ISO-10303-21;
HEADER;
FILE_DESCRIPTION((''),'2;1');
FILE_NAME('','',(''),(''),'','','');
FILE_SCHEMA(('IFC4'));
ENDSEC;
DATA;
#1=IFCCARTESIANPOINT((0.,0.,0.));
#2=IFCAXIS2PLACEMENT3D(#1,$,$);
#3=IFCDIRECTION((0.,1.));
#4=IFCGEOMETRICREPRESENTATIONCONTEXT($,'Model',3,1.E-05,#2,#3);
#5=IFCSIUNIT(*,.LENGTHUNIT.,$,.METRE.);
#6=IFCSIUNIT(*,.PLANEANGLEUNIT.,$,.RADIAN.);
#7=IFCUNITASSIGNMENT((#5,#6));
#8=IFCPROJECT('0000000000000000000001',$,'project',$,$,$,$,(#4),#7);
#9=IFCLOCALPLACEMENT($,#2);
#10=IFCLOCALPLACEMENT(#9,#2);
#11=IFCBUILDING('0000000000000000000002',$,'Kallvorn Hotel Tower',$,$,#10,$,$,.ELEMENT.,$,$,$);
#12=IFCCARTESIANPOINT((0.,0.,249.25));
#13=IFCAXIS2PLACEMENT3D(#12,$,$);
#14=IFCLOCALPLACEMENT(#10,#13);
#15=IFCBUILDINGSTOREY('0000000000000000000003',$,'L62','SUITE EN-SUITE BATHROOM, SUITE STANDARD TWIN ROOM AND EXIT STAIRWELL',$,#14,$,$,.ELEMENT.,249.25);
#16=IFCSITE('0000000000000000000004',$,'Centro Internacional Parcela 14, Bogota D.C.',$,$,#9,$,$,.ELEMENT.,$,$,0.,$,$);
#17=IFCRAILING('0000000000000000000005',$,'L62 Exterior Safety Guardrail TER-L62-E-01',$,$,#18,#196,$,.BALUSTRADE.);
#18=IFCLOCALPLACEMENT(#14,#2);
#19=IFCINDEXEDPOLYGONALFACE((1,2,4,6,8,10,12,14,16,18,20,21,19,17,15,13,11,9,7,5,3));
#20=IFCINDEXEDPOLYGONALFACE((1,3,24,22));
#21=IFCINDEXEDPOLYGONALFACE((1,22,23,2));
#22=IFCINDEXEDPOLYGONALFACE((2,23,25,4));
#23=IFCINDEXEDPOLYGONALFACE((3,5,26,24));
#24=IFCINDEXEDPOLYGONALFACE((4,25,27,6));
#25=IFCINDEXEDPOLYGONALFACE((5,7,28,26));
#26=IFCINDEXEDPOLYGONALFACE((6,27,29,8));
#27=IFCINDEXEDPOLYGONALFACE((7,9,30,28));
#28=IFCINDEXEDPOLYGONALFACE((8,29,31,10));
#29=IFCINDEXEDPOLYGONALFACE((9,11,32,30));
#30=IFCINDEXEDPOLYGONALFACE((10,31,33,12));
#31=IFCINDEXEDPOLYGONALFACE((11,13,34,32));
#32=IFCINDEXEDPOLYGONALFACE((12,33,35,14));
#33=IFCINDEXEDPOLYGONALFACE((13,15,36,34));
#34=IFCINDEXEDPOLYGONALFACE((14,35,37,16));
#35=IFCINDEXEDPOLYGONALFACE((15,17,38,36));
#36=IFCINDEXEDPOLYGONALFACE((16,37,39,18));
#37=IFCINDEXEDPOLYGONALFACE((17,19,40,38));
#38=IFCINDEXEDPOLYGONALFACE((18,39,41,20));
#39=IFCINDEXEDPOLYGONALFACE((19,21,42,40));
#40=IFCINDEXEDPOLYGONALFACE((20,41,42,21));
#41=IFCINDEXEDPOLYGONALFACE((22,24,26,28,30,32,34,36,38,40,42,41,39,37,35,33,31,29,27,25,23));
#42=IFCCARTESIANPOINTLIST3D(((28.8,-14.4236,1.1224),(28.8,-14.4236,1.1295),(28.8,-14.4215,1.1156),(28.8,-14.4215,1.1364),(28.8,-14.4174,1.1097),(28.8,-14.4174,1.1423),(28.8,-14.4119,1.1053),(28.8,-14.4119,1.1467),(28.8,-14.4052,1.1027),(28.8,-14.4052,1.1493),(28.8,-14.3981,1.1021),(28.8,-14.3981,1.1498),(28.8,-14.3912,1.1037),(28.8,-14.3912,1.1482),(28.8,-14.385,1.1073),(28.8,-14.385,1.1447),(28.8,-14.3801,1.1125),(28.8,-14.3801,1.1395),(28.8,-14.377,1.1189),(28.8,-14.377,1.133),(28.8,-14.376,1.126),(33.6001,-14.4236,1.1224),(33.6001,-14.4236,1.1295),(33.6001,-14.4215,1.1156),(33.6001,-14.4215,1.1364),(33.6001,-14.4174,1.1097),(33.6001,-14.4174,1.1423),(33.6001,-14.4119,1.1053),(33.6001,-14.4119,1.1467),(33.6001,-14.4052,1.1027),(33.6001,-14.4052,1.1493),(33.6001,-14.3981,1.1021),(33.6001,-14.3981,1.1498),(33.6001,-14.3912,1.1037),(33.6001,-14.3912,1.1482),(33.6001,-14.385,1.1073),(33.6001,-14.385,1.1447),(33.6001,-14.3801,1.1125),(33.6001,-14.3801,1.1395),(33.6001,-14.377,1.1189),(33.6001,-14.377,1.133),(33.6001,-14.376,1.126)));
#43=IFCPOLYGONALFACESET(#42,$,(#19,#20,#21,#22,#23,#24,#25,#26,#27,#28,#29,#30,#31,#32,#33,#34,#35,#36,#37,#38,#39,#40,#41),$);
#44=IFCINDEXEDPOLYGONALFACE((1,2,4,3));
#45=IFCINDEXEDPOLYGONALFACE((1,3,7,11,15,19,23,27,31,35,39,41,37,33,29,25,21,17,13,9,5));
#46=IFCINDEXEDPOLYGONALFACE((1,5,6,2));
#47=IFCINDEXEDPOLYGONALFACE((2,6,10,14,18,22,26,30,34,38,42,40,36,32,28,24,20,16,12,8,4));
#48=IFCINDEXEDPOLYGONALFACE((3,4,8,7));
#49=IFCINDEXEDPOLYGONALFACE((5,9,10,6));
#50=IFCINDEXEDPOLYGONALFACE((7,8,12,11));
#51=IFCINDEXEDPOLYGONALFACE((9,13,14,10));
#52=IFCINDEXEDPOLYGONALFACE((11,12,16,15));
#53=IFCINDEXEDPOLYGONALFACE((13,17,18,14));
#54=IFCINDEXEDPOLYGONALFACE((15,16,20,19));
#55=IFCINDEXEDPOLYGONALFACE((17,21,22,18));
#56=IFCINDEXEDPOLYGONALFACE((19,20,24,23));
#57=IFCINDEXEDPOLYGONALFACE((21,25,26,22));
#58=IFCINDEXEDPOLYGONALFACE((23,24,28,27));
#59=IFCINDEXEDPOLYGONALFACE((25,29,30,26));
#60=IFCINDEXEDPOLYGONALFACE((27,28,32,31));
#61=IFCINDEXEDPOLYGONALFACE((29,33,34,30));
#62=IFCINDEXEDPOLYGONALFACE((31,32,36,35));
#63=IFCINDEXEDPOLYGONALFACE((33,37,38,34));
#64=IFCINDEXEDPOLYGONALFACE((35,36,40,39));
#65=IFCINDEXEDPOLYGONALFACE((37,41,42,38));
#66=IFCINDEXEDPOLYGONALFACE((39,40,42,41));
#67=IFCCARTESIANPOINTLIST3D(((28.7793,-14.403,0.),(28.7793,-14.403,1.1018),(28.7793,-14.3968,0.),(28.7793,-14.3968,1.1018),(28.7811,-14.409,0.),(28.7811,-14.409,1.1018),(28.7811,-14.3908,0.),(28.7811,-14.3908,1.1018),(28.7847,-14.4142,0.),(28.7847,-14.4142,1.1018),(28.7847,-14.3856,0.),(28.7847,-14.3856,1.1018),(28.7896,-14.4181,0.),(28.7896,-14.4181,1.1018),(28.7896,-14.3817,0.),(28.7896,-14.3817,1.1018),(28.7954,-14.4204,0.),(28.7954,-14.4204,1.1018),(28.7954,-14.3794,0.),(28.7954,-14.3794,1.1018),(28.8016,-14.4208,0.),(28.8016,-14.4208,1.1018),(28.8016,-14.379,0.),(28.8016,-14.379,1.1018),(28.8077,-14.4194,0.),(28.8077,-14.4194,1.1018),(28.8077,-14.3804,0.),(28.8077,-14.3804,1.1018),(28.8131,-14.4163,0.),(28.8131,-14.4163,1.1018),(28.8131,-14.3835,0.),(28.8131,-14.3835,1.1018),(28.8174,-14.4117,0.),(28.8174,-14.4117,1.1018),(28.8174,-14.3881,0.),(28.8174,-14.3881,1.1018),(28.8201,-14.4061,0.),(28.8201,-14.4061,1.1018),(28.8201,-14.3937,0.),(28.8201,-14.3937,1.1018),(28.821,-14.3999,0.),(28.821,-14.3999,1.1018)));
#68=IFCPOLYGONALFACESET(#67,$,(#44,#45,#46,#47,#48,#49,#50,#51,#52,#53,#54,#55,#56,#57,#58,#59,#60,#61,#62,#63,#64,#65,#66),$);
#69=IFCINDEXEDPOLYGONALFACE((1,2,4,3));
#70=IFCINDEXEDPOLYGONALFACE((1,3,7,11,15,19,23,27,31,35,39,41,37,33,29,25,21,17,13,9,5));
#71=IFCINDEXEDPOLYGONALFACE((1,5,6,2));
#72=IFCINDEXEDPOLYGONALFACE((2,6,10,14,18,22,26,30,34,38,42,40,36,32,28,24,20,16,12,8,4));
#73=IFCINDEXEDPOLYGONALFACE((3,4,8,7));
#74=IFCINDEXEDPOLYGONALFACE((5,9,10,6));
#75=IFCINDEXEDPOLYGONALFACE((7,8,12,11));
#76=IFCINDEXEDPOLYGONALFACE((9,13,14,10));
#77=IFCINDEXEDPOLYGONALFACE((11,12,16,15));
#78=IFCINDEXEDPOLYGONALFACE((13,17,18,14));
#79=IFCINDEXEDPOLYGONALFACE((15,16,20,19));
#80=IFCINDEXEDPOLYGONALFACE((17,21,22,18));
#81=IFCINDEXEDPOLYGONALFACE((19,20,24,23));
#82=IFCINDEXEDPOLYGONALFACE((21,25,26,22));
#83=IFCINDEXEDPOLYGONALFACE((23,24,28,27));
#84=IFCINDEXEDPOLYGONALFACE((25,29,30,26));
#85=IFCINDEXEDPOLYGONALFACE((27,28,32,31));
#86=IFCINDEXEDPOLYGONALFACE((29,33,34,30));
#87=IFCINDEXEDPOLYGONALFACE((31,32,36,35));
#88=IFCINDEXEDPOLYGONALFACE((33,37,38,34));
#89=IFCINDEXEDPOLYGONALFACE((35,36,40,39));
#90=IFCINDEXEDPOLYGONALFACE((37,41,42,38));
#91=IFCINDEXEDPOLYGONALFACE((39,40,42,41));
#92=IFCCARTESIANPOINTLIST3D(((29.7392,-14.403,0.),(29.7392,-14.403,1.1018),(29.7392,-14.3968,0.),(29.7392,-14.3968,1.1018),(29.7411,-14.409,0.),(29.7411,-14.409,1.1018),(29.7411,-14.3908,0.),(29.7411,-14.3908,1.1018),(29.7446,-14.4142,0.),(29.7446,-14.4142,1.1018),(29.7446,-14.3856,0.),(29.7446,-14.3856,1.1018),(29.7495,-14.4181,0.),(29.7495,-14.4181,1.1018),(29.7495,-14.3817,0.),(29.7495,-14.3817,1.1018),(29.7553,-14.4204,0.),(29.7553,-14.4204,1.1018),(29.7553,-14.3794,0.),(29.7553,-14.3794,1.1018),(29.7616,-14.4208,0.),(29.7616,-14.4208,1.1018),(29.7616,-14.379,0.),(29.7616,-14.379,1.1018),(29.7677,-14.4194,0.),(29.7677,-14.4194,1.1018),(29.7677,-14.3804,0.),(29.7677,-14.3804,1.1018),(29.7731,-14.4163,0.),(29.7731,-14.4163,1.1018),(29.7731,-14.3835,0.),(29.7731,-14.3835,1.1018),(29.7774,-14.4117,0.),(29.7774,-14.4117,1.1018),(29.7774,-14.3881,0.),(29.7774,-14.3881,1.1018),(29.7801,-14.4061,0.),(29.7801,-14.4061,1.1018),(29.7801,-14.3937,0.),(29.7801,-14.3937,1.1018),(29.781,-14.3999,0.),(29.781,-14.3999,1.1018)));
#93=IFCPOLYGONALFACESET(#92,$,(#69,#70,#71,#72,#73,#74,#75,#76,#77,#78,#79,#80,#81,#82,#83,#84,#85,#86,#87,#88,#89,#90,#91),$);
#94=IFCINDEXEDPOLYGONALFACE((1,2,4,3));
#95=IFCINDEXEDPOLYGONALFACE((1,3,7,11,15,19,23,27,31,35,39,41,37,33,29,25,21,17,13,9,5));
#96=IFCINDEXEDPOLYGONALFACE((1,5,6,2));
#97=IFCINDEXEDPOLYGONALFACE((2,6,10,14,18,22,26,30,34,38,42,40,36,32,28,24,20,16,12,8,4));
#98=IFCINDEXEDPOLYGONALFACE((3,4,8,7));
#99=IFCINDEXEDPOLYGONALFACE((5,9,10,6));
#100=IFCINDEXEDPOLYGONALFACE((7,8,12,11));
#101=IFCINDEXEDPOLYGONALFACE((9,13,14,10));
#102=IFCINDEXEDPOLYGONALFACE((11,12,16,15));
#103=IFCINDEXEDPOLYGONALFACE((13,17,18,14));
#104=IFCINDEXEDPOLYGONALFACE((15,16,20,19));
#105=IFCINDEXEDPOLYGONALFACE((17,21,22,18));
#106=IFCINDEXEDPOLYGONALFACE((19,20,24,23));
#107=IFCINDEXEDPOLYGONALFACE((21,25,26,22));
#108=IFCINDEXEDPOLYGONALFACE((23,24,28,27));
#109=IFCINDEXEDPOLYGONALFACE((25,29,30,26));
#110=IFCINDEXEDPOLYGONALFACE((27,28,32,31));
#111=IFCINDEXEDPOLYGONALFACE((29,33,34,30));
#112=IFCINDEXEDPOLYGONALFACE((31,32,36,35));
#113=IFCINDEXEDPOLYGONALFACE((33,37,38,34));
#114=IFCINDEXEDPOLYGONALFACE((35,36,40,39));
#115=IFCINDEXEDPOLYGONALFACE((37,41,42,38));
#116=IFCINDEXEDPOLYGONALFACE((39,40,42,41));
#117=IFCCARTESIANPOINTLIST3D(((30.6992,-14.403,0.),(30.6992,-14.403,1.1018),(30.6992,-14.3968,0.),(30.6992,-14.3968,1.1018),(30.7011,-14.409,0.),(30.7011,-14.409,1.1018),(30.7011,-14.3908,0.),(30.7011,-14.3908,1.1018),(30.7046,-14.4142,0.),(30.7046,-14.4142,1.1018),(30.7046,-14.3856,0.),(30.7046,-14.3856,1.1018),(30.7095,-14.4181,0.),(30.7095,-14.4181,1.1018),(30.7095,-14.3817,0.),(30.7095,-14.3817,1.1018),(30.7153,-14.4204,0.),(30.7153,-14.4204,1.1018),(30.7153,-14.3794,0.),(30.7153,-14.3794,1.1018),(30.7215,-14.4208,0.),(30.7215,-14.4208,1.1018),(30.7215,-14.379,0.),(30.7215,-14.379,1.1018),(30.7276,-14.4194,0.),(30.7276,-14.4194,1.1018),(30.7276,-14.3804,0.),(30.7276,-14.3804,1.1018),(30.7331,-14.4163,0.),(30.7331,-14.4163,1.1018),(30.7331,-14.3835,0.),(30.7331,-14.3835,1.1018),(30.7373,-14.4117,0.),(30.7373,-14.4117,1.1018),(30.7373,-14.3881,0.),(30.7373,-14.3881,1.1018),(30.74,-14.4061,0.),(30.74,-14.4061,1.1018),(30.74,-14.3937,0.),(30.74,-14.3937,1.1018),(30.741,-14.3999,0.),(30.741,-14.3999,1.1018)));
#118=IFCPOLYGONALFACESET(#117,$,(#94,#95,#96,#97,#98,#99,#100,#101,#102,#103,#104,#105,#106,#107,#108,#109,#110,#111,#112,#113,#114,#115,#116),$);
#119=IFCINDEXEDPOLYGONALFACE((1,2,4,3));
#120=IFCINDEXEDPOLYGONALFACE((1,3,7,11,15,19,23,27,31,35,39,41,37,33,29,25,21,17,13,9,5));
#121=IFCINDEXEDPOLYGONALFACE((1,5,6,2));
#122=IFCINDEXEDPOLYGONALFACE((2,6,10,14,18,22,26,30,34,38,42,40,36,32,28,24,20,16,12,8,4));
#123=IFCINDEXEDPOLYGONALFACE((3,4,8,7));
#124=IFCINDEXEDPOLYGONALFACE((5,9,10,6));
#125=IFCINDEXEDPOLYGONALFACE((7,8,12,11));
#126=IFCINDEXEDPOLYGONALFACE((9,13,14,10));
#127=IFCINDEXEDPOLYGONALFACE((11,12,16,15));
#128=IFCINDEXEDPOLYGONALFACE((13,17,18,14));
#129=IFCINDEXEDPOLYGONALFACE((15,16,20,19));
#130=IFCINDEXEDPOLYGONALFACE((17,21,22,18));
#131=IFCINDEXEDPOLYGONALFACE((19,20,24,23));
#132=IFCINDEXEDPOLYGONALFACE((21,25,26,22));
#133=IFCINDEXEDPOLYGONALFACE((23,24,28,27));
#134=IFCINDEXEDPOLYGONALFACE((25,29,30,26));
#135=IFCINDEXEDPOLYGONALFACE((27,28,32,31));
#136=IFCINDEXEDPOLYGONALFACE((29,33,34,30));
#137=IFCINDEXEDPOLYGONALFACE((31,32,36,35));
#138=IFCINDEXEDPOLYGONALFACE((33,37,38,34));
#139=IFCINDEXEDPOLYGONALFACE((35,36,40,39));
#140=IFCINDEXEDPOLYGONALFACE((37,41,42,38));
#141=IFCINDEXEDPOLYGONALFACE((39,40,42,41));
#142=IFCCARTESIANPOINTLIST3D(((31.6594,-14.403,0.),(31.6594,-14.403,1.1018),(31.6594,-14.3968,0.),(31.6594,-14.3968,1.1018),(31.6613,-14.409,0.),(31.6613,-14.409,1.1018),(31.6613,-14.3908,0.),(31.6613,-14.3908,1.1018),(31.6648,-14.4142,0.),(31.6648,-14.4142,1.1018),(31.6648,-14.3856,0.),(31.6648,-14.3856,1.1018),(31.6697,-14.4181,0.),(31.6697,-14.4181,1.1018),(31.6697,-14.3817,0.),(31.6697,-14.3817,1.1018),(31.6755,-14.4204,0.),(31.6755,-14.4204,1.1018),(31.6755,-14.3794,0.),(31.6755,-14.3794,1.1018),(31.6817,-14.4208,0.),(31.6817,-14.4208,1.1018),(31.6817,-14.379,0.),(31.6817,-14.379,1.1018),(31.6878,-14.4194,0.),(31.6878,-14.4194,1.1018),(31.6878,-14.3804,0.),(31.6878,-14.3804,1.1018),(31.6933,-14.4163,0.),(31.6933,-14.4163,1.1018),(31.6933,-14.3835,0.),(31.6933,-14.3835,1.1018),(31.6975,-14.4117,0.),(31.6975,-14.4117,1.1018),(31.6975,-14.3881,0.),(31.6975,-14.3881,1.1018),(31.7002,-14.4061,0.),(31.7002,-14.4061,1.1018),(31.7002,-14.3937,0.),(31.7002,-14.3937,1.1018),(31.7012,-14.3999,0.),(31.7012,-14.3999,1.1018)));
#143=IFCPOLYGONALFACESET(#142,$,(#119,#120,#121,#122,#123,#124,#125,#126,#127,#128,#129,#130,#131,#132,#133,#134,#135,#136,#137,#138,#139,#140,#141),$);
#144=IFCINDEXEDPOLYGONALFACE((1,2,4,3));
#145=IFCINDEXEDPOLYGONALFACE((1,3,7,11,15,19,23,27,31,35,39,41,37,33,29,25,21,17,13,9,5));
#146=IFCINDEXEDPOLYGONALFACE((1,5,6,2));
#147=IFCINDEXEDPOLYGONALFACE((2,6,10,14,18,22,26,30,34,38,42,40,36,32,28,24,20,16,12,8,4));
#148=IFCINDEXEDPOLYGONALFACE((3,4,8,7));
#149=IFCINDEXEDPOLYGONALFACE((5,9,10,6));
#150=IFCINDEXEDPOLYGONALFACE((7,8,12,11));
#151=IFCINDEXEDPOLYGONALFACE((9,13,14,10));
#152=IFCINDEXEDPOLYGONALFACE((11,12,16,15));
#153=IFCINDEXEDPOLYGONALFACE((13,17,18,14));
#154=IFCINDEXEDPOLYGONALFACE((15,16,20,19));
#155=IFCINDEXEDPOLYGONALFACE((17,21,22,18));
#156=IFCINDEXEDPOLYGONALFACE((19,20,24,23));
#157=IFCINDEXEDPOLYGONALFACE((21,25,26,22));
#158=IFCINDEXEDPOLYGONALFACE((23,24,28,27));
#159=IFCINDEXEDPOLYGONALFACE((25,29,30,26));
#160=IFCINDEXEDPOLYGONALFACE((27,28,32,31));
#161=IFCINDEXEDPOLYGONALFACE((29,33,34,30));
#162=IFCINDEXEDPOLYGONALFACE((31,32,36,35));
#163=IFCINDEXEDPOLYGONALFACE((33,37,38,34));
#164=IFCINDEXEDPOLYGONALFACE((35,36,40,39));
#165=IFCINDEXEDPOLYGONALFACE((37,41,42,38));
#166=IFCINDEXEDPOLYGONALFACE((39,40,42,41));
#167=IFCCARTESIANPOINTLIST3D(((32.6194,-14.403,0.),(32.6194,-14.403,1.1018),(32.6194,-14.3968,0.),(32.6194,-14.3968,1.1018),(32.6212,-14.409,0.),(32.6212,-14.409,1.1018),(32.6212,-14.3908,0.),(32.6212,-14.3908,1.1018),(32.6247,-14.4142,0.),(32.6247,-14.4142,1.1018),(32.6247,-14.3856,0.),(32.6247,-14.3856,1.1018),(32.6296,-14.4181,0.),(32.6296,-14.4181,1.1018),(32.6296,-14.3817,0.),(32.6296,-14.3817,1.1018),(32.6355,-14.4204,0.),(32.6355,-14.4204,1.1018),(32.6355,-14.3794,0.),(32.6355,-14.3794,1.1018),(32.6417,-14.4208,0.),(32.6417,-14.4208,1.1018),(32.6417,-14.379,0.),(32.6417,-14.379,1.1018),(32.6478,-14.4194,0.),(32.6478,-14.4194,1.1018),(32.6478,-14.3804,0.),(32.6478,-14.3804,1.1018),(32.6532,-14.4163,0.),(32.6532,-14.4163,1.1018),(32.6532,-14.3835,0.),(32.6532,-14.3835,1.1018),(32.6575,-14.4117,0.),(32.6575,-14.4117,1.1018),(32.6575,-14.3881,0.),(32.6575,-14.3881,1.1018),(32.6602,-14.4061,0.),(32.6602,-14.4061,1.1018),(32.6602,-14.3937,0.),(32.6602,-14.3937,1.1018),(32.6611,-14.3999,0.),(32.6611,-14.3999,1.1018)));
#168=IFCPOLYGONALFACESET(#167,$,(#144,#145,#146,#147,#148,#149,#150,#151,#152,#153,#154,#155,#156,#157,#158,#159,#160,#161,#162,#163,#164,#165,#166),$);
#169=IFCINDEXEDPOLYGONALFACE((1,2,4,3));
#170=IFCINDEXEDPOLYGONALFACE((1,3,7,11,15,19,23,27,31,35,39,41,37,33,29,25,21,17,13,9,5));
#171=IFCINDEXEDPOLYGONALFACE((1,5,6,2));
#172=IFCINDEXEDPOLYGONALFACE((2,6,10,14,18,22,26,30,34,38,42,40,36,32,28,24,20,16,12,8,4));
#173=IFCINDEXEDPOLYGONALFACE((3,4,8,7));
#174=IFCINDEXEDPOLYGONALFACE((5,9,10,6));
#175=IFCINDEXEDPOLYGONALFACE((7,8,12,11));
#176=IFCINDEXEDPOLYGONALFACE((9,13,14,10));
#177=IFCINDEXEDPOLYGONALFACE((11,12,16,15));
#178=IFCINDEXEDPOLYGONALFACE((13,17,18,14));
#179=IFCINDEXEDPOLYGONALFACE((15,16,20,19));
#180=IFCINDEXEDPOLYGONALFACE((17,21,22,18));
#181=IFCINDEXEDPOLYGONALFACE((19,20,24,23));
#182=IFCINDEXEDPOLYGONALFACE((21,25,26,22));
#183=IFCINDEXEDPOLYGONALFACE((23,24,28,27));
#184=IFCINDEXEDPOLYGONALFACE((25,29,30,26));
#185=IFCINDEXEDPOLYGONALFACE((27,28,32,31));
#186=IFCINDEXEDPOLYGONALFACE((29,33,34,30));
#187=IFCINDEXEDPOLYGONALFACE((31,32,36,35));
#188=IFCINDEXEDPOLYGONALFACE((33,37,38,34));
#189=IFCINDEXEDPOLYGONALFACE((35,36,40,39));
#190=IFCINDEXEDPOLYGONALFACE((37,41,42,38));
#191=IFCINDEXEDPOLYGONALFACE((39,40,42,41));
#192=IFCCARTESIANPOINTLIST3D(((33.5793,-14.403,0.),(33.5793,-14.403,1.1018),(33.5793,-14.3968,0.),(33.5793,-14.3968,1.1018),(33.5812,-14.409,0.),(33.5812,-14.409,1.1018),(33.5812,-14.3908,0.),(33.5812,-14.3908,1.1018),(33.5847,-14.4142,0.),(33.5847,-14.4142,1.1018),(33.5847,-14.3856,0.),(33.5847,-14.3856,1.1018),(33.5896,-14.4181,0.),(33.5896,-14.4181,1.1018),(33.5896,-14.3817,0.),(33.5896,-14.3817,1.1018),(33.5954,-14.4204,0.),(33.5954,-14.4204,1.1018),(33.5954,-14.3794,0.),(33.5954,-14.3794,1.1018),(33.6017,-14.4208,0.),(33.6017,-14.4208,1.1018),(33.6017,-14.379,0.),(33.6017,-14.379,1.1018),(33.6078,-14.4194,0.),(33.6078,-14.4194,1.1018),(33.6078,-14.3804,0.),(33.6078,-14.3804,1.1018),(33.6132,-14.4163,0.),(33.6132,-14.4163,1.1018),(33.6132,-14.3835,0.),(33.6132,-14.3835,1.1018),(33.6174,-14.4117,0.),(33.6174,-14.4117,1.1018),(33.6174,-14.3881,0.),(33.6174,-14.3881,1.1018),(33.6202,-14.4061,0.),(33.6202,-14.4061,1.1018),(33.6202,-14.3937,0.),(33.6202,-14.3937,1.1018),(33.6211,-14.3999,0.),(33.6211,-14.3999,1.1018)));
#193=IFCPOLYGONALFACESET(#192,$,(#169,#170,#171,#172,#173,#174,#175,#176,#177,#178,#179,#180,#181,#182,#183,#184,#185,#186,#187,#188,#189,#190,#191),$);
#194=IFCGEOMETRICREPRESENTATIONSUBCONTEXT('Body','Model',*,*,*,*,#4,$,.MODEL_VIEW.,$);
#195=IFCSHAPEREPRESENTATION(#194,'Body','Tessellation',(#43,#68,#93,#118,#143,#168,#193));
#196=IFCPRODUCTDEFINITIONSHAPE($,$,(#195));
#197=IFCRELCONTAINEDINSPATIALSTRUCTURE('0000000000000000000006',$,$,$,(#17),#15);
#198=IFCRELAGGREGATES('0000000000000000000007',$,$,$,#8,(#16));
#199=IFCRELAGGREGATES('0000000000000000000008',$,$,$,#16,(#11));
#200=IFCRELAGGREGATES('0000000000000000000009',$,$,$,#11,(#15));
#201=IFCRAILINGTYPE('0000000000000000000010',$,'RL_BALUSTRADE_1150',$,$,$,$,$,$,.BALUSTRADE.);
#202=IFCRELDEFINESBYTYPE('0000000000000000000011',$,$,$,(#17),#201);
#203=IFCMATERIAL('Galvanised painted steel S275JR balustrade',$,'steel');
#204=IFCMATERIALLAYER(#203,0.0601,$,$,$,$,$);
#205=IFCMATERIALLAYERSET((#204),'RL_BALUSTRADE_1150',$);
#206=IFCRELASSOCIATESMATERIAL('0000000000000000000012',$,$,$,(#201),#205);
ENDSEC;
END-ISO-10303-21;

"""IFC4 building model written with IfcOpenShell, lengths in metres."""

from ifc_helpers import new_model, si_unit, direction, frame, origin, origin_2d, place, context, subcontext, project, spatial, circle, extrude, material, layer, layer_set, type_object, element, save


model = new_model("IFC4")

# Units and contexts
model_context = context("Model", 3, precision=1e-05, world=origin(), true_north=direction((0.0, 1.0)))
body_context = subcontext(model_context, "Body", "Model", "MODEL_VIEW")
ifc_project = project(units=[si_unit("LENGTHUNIT", "METRE"), si_unit("PLANEANGLEUNIT", "RADIAN")], contexts=[model_context])

# Site, building, storey
site_placement = place(None, origin())
site = spatial("IfcSite", under=ifc_project, at=site_placement, Name="Centro Internacional Parcela 14, Bogota D.C.", CompositionType="ELEMENT", RefElevation=0.0)
building_placement = place(site_placement, origin())
building = spatial("IfcBuilding", under=site, at=building_placement, Name="Kallvorn Hotel Tower", CompositionType="ELEMENT")
storey_placement = place(building_placement, frame((0.0, 0.0, 249.25)))
storey = spatial("IfcBuildingStorey", under=building, at=storey_placement, Name="L62", Description="SUITE EN-SUITE BATHROOM, SUITE STANDARD TWIN ROOM AND EXIT STAIRWELL", CompositionType="ELEMENT", Elevation=249.25)

# Railing
ifc_material_1 = material(Name="Galvanised painted steel S275JR balustrade", Category="steel")
ifc_layer_1 = layer(ifc_material_1, 0.0601)
ifc_layer_set_1 = layer_set([ifc_layer_1], Name="RL_BALUSTRADE_1150")
railing_type = type_object("IfcRailingType", Name="RL_BALUSTRADE_1150", PredefinedType="BALUSTRADE", material=ifc_layer_set_1)
railing_1_placement = place(storey_placement, frame((28.8, -14.3999, 0.0)))
element("IfcRailing", 1, at=railing_1_placement, inside=storey, type_object=railing_type, Name="L62 Exterior Safety Guardrail TER-L62-E-01", PredefinedType="BALUSTRADE", context=body_context, shape_type="SweptSolid", body=[
    extrude(circle(Radius=0.0239, at=origin_2d()), frame((0.0, 0.0, 1.126), z_axis=(1.0, 0.0, 0.0), x_axis=(0.0, 1.0, 0.0)), (0.0, 0.0, 1.0), 4.8),
    extrude(circle(Radius=0.021, at=origin_2d()), origin(), (0.0, 0.0, 1.0), 1.1018),
    extrude(circle(Radius=0.021, at=origin_2d()), frame((0.96, 0.0, 0.0)), (0.0, 0.0, 1.0), 1.1018),
    extrude(circle(Radius=0.021, at=origin_2d()), frame((1.9199, 0.0, 0.0)), (0.0, 0.0, 1.0), 1.1018),
    extrude(circle(Radius=0.021, at=origin_2d()), frame((2.8801, 0.0, 0.0)), (0.0, 0.0, 1.0), 1.1018),
    extrude(circle(Radius=0.021, at=origin_2d()), frame((3.8401, 0.0, 0.0)), (0.0, 0.0, 1.0), 1.1018),
    extrude(circle(Radius=0.021, at=origin_2d()), frame((4.8, 0.0, 0.0)), (0.0, 0.0, 1.0), 1.1018),
])

save(model, "model.ifc")
